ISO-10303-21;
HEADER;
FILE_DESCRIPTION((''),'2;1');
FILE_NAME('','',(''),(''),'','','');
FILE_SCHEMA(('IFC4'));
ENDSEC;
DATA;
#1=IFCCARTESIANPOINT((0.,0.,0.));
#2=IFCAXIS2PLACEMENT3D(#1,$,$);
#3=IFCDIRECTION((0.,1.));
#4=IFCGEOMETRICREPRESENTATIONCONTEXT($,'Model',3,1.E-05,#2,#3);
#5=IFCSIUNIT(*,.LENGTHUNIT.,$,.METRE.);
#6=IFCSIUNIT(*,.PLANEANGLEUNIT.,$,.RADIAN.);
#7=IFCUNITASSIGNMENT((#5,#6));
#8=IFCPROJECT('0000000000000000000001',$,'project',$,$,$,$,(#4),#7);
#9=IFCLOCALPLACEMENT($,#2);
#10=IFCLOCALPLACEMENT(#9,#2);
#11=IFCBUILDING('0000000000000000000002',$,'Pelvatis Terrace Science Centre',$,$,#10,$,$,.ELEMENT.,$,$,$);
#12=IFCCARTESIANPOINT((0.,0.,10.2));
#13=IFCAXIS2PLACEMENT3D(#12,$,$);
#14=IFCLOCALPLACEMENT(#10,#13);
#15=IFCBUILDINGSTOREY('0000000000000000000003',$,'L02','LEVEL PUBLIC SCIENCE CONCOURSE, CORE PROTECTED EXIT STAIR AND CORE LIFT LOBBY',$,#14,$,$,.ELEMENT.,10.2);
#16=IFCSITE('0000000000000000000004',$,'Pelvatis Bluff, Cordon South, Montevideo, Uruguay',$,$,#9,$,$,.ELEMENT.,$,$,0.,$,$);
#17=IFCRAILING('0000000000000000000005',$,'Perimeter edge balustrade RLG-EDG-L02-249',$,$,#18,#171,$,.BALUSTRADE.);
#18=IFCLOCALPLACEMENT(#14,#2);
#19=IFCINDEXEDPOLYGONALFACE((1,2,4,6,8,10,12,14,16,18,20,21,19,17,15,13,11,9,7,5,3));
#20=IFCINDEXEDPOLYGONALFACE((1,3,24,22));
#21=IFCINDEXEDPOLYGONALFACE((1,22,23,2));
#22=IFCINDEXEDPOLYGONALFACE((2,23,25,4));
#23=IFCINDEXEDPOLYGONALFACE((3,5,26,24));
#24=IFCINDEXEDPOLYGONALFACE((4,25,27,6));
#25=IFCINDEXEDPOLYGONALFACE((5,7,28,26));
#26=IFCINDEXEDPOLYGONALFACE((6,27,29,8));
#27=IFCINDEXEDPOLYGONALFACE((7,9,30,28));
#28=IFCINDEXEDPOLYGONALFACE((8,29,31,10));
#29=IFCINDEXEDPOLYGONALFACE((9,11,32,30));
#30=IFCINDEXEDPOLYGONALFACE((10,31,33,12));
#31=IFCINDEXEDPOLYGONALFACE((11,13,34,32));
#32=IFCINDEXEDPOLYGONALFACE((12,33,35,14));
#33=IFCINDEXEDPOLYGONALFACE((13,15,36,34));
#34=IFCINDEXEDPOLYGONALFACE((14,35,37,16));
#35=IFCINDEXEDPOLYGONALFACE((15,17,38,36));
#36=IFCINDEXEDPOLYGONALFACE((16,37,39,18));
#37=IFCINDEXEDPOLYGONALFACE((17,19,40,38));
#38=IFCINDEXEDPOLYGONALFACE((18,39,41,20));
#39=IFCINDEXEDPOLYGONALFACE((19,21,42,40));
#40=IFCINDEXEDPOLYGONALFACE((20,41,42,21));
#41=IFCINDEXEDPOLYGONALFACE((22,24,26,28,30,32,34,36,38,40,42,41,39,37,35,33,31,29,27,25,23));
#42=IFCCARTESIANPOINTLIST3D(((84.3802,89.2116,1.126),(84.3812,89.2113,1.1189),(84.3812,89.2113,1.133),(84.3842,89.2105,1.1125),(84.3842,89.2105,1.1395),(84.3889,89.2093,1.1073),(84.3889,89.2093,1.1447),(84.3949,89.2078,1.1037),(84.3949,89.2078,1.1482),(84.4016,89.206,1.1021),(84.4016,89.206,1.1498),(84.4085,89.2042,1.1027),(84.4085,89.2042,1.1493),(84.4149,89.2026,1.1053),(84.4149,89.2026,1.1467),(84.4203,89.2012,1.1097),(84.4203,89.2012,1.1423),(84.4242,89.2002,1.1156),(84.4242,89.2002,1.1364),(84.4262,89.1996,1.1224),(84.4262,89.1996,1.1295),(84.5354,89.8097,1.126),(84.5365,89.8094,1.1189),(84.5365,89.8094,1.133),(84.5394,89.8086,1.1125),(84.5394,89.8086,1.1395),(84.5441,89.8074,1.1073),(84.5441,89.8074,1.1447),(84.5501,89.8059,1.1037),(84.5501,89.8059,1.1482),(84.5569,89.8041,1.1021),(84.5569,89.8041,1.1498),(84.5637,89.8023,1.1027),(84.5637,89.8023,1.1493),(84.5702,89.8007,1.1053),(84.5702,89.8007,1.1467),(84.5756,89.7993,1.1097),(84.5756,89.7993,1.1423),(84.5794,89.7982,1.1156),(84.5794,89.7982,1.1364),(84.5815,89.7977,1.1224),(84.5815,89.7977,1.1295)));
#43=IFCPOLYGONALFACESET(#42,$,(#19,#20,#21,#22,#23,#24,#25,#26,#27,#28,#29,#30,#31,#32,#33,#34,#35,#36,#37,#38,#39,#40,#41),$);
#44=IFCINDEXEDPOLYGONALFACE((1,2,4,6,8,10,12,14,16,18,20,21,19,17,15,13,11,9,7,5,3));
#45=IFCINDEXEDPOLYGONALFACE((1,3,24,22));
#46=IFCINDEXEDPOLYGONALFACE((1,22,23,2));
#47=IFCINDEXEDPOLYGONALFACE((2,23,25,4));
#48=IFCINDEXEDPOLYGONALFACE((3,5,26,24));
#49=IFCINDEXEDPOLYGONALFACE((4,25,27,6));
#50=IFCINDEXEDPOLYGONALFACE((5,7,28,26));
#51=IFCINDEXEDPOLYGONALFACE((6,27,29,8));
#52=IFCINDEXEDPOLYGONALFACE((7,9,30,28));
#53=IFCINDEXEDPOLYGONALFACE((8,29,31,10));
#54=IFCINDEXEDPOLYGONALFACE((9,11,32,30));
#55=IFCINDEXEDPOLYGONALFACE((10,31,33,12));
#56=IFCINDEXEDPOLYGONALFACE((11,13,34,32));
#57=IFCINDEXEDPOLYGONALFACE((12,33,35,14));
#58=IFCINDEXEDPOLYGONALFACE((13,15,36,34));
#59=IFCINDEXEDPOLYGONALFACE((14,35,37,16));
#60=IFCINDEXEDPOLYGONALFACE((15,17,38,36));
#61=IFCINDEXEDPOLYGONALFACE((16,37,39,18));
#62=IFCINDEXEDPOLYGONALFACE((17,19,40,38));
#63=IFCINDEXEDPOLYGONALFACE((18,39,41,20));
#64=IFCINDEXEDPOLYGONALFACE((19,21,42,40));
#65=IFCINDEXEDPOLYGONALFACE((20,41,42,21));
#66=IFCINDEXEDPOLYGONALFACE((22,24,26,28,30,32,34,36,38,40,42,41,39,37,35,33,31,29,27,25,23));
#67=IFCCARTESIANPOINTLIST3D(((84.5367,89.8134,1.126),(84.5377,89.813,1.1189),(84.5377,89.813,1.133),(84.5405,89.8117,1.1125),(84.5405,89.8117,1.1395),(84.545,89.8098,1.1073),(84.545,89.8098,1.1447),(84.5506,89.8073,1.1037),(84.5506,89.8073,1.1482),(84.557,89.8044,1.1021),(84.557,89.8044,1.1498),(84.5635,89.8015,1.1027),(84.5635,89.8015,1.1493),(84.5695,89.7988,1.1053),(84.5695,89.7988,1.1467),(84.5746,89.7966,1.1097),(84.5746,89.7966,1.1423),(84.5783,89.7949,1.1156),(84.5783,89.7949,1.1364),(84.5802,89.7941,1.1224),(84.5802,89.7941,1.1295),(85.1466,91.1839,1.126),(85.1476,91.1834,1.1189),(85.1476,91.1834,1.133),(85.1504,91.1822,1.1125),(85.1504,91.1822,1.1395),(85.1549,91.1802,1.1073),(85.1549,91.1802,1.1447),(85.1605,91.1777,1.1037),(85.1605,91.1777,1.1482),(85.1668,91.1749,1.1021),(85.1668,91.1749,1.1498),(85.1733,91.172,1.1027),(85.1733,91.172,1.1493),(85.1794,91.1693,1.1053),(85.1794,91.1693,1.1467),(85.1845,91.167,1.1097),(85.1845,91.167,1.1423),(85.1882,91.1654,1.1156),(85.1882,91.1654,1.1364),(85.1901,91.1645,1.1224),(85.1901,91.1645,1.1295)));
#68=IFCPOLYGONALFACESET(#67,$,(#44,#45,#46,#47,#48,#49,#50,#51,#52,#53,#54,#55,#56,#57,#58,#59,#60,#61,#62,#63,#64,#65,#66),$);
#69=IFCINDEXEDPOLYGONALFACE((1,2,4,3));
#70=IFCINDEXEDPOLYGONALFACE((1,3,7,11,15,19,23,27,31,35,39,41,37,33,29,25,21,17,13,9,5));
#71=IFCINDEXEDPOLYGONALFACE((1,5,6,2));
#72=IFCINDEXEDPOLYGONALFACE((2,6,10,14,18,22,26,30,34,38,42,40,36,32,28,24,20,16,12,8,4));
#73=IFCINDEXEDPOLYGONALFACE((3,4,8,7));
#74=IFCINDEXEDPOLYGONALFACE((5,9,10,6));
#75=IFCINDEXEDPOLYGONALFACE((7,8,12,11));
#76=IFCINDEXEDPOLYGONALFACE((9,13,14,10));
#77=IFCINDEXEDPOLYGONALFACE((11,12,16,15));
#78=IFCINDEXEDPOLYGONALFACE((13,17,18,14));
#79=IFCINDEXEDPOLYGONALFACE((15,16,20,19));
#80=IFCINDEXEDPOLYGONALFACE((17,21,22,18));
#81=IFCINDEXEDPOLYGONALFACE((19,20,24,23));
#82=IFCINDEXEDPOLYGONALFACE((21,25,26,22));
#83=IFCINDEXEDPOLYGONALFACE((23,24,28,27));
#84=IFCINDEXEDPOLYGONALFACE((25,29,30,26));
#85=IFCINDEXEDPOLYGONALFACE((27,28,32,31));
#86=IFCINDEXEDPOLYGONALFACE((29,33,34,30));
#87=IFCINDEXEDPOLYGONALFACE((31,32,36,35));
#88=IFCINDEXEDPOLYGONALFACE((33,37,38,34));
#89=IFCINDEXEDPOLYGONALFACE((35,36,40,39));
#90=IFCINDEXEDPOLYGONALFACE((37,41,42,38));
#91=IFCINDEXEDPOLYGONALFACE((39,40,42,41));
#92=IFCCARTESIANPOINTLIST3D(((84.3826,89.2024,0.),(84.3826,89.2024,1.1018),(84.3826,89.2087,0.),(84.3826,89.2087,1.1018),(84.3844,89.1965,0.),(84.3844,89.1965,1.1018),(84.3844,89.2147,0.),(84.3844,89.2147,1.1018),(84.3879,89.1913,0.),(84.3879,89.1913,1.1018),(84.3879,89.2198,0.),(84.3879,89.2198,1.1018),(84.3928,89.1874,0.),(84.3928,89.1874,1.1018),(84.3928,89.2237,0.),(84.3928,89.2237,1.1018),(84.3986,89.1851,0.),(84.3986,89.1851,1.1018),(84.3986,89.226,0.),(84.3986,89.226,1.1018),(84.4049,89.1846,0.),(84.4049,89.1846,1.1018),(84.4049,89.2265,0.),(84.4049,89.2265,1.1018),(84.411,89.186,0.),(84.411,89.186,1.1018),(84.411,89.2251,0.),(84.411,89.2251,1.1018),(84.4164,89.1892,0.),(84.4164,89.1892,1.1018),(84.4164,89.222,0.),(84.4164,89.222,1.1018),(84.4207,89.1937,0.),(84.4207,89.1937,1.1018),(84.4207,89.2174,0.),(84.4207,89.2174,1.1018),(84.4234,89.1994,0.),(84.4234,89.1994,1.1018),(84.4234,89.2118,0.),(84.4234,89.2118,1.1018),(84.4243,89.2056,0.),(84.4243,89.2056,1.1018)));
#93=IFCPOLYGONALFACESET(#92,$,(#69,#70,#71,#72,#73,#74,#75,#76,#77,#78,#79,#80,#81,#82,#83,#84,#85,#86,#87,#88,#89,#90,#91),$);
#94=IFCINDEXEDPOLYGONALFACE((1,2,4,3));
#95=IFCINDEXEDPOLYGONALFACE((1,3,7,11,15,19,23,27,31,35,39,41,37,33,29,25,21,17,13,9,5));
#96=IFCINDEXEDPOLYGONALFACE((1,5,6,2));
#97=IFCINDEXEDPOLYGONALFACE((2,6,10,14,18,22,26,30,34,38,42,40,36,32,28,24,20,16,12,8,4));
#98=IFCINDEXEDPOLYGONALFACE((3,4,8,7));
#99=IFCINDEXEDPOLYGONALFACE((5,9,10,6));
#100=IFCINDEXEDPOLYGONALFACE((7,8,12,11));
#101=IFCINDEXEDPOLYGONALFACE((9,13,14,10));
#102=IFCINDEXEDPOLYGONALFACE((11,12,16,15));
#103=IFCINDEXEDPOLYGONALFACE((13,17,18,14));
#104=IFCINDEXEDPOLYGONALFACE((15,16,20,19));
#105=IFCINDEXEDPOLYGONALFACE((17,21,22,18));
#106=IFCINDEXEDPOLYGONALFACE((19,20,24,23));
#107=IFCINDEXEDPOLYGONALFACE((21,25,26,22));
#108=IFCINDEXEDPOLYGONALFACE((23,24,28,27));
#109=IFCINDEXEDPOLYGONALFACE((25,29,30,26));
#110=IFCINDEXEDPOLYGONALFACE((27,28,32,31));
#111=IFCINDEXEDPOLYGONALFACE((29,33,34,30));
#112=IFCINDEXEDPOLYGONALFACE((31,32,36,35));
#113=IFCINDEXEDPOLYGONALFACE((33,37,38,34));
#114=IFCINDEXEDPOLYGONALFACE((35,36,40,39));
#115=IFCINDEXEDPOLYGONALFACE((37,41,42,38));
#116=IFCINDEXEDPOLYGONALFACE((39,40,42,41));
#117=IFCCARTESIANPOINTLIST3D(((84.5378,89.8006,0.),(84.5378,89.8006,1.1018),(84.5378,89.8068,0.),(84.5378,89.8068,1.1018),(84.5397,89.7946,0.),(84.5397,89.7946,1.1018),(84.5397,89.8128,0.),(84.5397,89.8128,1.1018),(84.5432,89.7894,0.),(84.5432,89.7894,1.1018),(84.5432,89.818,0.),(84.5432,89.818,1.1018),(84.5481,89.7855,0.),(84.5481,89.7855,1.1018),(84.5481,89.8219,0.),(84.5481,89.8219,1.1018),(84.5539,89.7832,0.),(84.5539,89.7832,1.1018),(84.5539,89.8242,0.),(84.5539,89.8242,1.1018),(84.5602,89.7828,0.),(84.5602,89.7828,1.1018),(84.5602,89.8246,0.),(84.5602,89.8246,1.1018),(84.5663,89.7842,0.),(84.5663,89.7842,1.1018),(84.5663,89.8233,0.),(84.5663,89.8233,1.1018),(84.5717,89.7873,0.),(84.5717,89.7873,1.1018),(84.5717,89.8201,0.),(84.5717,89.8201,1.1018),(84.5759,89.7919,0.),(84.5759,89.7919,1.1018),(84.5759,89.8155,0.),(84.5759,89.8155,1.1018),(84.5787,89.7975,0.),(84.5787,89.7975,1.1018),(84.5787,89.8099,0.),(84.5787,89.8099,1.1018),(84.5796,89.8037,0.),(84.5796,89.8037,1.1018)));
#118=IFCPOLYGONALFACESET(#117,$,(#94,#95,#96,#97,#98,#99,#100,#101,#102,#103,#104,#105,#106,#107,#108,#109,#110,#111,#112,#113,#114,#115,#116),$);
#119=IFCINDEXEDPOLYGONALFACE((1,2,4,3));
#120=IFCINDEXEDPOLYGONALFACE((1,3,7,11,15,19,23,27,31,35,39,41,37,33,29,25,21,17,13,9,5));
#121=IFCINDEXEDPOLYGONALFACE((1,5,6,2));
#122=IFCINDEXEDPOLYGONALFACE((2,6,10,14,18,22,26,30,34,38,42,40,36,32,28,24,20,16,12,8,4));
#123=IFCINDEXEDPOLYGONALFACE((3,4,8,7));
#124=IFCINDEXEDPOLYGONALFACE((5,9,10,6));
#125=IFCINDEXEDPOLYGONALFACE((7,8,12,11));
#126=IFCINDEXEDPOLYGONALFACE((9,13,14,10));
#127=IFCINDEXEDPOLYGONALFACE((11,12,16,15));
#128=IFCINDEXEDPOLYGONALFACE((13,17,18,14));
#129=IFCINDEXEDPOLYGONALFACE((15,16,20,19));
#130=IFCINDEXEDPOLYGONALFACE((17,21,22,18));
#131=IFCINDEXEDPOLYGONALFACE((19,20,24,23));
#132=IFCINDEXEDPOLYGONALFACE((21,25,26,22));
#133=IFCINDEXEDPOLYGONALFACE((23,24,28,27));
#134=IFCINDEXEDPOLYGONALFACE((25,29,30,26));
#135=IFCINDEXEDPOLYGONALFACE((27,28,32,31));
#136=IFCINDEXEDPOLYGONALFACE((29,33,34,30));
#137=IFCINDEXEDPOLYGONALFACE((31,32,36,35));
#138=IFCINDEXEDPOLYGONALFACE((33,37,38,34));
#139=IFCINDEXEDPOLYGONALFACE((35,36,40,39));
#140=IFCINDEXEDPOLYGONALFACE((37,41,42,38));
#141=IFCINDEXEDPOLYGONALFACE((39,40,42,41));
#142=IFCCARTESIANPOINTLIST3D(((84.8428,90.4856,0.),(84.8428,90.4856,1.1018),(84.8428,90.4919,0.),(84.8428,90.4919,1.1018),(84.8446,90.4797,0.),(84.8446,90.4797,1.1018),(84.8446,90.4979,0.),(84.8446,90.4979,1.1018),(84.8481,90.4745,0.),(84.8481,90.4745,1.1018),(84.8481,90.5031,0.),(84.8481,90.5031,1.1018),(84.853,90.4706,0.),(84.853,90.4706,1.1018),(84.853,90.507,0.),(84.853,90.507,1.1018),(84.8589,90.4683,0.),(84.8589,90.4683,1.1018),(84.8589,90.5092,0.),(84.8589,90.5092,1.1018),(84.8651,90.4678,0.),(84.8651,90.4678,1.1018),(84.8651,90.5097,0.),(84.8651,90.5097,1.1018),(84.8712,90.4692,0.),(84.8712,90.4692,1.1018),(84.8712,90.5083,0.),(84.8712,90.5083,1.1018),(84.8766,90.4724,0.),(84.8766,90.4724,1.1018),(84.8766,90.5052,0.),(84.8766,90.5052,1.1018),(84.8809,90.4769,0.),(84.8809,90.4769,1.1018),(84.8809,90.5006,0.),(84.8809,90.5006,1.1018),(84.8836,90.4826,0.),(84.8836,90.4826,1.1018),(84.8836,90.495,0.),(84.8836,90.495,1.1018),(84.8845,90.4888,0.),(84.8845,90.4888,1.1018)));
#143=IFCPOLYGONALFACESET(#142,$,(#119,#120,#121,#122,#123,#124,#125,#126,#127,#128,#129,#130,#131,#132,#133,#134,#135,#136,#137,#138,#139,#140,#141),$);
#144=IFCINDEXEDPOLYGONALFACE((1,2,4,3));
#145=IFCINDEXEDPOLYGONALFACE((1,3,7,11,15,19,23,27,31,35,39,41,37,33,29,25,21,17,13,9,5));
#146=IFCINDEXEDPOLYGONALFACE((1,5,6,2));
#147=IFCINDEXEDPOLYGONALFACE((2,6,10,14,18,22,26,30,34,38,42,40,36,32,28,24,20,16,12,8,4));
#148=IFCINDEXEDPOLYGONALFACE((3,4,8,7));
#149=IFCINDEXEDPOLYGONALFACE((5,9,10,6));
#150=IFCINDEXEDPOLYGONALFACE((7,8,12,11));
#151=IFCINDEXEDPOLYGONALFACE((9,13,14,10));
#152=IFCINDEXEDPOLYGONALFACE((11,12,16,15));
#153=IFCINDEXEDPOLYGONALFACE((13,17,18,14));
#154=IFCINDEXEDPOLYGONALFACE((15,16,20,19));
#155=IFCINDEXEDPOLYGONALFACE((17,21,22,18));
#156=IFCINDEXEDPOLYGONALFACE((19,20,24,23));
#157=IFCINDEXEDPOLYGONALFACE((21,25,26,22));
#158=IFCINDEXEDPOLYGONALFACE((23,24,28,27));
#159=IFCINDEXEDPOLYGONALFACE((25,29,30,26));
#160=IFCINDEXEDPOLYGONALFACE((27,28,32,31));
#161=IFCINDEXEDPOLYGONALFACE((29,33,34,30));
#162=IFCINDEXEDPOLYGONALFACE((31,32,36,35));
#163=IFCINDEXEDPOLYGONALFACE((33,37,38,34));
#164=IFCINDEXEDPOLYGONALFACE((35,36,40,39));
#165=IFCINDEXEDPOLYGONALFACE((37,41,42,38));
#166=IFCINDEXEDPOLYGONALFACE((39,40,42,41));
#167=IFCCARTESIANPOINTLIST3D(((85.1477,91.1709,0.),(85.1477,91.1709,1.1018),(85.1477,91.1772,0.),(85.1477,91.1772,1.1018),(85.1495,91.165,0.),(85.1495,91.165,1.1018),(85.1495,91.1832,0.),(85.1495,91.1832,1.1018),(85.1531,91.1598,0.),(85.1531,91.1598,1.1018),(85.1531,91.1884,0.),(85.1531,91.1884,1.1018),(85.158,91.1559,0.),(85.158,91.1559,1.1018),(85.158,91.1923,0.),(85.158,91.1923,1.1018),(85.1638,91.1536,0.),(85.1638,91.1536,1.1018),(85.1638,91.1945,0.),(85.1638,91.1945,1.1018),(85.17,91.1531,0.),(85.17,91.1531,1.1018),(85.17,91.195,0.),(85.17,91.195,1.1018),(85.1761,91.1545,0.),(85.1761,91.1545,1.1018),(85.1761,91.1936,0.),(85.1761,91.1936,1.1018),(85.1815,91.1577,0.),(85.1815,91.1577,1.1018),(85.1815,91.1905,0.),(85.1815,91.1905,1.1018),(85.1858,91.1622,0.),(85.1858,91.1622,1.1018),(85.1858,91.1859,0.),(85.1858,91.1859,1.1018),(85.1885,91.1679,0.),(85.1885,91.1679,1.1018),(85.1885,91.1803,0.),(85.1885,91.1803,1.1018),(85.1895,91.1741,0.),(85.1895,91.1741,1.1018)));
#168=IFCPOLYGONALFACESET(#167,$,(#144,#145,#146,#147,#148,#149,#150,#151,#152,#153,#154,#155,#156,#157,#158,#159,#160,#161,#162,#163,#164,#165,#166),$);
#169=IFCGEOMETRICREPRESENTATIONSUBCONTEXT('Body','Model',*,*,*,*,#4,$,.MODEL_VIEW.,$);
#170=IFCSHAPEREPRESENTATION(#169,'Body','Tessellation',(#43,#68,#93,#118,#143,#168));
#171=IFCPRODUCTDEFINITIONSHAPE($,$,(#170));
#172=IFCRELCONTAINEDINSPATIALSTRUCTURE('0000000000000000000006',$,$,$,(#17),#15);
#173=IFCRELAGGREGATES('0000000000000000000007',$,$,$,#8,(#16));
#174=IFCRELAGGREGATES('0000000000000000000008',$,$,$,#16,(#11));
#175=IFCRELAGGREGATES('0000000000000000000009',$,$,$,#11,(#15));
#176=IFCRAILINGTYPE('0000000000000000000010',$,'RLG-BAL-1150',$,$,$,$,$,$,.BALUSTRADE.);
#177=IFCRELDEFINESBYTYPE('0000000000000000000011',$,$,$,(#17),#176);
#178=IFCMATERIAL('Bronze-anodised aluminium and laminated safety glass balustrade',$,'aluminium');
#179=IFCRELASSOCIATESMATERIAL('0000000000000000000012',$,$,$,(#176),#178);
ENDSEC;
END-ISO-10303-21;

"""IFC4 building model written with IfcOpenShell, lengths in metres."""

from ifc_helpers import new_model, si_unit, direction, frame, origin, origin_2d, place, context, subcontext, project, spatial, circle, extrude, material, type_object, element, save


model = new_model("IFC4")

# Units and contexts
model_context = context("Model", 3, precision=1e-05, world=origin(), true_north=direction((0.0, 1.0)))
body_context = subcontext(model_context, "Body", "Model", "MODEL_VIEW")
ifc_project = project(units=[si_unit("LENGTHUNIT", "METRE"), si_unit("PLANEANGLEUNIT", "RADIAN")], contexts=[model_context])

# Site, building, storey
site_placement = place(None, origin())
site = spatial("IfcSite", under=ifc_project, at=site_placement, Name="Pelvatis Bluff, Cordon South, Montevideo, Uruguay", CompositionType="ELEMENT", RefElevation=0.0)
building_placement = place(site_placement, origin())
building = spatial("IfcBuilding", under=site, at=building_placement, Name="Pelvatis Terrace Science Centre", CompositionType="ELEMENT")
storey_placement = place(building_placement, frame((0.0, 0.0, 10.2)))
storey = spatial("IfcBuildingStorey", under=building, at=storey_placement, Name="L02", Description="LEVEL PUBLIC SCIENCE CONCOURSE, CORE PROTECTED EXIT STAIR AND CORE LIFT LOBBY", CompositionType="ELEMENT", Elevation=10.2)

# Railing
ifc_material_1 = material(Name="Bronze-anodised aluminium and laminated safety glass balustrade", Category="aluminium")
railing_type = type_object("IfcRailingType", Name="RLG-BAL-1150", PredefinedType="BALUSTRADE", material=ifc_material_1)
railing_1_placement = place(storey_placement, frame((84.4033, 89.2056, 0.0)))
element("IfcRailing", 1, at=railing_1_placement, inside=storey, type_object=railing_type, Name="Perimeter edge balustrade RLG-EDG-L02-249", PredefinedType="BALUSTRADE", context=body_context, shape_type="SweptSolid", body=[
    extrude(circle(Radius=0.0239, at=origin_2d()), frame((0.0, 0.0, 1.126), z_axis=(0.251264, 0.967919, 0.0), x_axis=(-0.967919, 0.251264, 0.0)), (0.0, 0.0, 1.0), 0.6179),
    extrude(circle(Radius=0.0239, at=origin_2d()), frame((0.1553, 0.5981, 1.126), z_axis=(0.406591, 0.91361, 0.0), x_axis=(-0.91361, 0.406591, 0.0)), (0.0, 0.0, 1.0), 1.5),
    extrude(circle(Radius=0.021, at=origin_2d()), origin(), (0.0, 0.0, 1.0), 1.1018),
    extrude(circle(Radius=0.021, at=origin_2d()), frame((0.1553, 0.5981, 0.0)), (0.0, 0.0, 1.0), 1.1018),
    extrude(circle(Radius=0.021, at=origin_2d()), frame((0.4602, 1.2832, 0.0)), (0.0, 0.0, 1.0), 1.1018),
    extrude(circle(Radius=0.021, at=origin_2d()), frame((0.7651, 1.9685, 0.0)), (0.0, 0.0, 1.0), 1.1018),
])

save(model, "model.ifc")
